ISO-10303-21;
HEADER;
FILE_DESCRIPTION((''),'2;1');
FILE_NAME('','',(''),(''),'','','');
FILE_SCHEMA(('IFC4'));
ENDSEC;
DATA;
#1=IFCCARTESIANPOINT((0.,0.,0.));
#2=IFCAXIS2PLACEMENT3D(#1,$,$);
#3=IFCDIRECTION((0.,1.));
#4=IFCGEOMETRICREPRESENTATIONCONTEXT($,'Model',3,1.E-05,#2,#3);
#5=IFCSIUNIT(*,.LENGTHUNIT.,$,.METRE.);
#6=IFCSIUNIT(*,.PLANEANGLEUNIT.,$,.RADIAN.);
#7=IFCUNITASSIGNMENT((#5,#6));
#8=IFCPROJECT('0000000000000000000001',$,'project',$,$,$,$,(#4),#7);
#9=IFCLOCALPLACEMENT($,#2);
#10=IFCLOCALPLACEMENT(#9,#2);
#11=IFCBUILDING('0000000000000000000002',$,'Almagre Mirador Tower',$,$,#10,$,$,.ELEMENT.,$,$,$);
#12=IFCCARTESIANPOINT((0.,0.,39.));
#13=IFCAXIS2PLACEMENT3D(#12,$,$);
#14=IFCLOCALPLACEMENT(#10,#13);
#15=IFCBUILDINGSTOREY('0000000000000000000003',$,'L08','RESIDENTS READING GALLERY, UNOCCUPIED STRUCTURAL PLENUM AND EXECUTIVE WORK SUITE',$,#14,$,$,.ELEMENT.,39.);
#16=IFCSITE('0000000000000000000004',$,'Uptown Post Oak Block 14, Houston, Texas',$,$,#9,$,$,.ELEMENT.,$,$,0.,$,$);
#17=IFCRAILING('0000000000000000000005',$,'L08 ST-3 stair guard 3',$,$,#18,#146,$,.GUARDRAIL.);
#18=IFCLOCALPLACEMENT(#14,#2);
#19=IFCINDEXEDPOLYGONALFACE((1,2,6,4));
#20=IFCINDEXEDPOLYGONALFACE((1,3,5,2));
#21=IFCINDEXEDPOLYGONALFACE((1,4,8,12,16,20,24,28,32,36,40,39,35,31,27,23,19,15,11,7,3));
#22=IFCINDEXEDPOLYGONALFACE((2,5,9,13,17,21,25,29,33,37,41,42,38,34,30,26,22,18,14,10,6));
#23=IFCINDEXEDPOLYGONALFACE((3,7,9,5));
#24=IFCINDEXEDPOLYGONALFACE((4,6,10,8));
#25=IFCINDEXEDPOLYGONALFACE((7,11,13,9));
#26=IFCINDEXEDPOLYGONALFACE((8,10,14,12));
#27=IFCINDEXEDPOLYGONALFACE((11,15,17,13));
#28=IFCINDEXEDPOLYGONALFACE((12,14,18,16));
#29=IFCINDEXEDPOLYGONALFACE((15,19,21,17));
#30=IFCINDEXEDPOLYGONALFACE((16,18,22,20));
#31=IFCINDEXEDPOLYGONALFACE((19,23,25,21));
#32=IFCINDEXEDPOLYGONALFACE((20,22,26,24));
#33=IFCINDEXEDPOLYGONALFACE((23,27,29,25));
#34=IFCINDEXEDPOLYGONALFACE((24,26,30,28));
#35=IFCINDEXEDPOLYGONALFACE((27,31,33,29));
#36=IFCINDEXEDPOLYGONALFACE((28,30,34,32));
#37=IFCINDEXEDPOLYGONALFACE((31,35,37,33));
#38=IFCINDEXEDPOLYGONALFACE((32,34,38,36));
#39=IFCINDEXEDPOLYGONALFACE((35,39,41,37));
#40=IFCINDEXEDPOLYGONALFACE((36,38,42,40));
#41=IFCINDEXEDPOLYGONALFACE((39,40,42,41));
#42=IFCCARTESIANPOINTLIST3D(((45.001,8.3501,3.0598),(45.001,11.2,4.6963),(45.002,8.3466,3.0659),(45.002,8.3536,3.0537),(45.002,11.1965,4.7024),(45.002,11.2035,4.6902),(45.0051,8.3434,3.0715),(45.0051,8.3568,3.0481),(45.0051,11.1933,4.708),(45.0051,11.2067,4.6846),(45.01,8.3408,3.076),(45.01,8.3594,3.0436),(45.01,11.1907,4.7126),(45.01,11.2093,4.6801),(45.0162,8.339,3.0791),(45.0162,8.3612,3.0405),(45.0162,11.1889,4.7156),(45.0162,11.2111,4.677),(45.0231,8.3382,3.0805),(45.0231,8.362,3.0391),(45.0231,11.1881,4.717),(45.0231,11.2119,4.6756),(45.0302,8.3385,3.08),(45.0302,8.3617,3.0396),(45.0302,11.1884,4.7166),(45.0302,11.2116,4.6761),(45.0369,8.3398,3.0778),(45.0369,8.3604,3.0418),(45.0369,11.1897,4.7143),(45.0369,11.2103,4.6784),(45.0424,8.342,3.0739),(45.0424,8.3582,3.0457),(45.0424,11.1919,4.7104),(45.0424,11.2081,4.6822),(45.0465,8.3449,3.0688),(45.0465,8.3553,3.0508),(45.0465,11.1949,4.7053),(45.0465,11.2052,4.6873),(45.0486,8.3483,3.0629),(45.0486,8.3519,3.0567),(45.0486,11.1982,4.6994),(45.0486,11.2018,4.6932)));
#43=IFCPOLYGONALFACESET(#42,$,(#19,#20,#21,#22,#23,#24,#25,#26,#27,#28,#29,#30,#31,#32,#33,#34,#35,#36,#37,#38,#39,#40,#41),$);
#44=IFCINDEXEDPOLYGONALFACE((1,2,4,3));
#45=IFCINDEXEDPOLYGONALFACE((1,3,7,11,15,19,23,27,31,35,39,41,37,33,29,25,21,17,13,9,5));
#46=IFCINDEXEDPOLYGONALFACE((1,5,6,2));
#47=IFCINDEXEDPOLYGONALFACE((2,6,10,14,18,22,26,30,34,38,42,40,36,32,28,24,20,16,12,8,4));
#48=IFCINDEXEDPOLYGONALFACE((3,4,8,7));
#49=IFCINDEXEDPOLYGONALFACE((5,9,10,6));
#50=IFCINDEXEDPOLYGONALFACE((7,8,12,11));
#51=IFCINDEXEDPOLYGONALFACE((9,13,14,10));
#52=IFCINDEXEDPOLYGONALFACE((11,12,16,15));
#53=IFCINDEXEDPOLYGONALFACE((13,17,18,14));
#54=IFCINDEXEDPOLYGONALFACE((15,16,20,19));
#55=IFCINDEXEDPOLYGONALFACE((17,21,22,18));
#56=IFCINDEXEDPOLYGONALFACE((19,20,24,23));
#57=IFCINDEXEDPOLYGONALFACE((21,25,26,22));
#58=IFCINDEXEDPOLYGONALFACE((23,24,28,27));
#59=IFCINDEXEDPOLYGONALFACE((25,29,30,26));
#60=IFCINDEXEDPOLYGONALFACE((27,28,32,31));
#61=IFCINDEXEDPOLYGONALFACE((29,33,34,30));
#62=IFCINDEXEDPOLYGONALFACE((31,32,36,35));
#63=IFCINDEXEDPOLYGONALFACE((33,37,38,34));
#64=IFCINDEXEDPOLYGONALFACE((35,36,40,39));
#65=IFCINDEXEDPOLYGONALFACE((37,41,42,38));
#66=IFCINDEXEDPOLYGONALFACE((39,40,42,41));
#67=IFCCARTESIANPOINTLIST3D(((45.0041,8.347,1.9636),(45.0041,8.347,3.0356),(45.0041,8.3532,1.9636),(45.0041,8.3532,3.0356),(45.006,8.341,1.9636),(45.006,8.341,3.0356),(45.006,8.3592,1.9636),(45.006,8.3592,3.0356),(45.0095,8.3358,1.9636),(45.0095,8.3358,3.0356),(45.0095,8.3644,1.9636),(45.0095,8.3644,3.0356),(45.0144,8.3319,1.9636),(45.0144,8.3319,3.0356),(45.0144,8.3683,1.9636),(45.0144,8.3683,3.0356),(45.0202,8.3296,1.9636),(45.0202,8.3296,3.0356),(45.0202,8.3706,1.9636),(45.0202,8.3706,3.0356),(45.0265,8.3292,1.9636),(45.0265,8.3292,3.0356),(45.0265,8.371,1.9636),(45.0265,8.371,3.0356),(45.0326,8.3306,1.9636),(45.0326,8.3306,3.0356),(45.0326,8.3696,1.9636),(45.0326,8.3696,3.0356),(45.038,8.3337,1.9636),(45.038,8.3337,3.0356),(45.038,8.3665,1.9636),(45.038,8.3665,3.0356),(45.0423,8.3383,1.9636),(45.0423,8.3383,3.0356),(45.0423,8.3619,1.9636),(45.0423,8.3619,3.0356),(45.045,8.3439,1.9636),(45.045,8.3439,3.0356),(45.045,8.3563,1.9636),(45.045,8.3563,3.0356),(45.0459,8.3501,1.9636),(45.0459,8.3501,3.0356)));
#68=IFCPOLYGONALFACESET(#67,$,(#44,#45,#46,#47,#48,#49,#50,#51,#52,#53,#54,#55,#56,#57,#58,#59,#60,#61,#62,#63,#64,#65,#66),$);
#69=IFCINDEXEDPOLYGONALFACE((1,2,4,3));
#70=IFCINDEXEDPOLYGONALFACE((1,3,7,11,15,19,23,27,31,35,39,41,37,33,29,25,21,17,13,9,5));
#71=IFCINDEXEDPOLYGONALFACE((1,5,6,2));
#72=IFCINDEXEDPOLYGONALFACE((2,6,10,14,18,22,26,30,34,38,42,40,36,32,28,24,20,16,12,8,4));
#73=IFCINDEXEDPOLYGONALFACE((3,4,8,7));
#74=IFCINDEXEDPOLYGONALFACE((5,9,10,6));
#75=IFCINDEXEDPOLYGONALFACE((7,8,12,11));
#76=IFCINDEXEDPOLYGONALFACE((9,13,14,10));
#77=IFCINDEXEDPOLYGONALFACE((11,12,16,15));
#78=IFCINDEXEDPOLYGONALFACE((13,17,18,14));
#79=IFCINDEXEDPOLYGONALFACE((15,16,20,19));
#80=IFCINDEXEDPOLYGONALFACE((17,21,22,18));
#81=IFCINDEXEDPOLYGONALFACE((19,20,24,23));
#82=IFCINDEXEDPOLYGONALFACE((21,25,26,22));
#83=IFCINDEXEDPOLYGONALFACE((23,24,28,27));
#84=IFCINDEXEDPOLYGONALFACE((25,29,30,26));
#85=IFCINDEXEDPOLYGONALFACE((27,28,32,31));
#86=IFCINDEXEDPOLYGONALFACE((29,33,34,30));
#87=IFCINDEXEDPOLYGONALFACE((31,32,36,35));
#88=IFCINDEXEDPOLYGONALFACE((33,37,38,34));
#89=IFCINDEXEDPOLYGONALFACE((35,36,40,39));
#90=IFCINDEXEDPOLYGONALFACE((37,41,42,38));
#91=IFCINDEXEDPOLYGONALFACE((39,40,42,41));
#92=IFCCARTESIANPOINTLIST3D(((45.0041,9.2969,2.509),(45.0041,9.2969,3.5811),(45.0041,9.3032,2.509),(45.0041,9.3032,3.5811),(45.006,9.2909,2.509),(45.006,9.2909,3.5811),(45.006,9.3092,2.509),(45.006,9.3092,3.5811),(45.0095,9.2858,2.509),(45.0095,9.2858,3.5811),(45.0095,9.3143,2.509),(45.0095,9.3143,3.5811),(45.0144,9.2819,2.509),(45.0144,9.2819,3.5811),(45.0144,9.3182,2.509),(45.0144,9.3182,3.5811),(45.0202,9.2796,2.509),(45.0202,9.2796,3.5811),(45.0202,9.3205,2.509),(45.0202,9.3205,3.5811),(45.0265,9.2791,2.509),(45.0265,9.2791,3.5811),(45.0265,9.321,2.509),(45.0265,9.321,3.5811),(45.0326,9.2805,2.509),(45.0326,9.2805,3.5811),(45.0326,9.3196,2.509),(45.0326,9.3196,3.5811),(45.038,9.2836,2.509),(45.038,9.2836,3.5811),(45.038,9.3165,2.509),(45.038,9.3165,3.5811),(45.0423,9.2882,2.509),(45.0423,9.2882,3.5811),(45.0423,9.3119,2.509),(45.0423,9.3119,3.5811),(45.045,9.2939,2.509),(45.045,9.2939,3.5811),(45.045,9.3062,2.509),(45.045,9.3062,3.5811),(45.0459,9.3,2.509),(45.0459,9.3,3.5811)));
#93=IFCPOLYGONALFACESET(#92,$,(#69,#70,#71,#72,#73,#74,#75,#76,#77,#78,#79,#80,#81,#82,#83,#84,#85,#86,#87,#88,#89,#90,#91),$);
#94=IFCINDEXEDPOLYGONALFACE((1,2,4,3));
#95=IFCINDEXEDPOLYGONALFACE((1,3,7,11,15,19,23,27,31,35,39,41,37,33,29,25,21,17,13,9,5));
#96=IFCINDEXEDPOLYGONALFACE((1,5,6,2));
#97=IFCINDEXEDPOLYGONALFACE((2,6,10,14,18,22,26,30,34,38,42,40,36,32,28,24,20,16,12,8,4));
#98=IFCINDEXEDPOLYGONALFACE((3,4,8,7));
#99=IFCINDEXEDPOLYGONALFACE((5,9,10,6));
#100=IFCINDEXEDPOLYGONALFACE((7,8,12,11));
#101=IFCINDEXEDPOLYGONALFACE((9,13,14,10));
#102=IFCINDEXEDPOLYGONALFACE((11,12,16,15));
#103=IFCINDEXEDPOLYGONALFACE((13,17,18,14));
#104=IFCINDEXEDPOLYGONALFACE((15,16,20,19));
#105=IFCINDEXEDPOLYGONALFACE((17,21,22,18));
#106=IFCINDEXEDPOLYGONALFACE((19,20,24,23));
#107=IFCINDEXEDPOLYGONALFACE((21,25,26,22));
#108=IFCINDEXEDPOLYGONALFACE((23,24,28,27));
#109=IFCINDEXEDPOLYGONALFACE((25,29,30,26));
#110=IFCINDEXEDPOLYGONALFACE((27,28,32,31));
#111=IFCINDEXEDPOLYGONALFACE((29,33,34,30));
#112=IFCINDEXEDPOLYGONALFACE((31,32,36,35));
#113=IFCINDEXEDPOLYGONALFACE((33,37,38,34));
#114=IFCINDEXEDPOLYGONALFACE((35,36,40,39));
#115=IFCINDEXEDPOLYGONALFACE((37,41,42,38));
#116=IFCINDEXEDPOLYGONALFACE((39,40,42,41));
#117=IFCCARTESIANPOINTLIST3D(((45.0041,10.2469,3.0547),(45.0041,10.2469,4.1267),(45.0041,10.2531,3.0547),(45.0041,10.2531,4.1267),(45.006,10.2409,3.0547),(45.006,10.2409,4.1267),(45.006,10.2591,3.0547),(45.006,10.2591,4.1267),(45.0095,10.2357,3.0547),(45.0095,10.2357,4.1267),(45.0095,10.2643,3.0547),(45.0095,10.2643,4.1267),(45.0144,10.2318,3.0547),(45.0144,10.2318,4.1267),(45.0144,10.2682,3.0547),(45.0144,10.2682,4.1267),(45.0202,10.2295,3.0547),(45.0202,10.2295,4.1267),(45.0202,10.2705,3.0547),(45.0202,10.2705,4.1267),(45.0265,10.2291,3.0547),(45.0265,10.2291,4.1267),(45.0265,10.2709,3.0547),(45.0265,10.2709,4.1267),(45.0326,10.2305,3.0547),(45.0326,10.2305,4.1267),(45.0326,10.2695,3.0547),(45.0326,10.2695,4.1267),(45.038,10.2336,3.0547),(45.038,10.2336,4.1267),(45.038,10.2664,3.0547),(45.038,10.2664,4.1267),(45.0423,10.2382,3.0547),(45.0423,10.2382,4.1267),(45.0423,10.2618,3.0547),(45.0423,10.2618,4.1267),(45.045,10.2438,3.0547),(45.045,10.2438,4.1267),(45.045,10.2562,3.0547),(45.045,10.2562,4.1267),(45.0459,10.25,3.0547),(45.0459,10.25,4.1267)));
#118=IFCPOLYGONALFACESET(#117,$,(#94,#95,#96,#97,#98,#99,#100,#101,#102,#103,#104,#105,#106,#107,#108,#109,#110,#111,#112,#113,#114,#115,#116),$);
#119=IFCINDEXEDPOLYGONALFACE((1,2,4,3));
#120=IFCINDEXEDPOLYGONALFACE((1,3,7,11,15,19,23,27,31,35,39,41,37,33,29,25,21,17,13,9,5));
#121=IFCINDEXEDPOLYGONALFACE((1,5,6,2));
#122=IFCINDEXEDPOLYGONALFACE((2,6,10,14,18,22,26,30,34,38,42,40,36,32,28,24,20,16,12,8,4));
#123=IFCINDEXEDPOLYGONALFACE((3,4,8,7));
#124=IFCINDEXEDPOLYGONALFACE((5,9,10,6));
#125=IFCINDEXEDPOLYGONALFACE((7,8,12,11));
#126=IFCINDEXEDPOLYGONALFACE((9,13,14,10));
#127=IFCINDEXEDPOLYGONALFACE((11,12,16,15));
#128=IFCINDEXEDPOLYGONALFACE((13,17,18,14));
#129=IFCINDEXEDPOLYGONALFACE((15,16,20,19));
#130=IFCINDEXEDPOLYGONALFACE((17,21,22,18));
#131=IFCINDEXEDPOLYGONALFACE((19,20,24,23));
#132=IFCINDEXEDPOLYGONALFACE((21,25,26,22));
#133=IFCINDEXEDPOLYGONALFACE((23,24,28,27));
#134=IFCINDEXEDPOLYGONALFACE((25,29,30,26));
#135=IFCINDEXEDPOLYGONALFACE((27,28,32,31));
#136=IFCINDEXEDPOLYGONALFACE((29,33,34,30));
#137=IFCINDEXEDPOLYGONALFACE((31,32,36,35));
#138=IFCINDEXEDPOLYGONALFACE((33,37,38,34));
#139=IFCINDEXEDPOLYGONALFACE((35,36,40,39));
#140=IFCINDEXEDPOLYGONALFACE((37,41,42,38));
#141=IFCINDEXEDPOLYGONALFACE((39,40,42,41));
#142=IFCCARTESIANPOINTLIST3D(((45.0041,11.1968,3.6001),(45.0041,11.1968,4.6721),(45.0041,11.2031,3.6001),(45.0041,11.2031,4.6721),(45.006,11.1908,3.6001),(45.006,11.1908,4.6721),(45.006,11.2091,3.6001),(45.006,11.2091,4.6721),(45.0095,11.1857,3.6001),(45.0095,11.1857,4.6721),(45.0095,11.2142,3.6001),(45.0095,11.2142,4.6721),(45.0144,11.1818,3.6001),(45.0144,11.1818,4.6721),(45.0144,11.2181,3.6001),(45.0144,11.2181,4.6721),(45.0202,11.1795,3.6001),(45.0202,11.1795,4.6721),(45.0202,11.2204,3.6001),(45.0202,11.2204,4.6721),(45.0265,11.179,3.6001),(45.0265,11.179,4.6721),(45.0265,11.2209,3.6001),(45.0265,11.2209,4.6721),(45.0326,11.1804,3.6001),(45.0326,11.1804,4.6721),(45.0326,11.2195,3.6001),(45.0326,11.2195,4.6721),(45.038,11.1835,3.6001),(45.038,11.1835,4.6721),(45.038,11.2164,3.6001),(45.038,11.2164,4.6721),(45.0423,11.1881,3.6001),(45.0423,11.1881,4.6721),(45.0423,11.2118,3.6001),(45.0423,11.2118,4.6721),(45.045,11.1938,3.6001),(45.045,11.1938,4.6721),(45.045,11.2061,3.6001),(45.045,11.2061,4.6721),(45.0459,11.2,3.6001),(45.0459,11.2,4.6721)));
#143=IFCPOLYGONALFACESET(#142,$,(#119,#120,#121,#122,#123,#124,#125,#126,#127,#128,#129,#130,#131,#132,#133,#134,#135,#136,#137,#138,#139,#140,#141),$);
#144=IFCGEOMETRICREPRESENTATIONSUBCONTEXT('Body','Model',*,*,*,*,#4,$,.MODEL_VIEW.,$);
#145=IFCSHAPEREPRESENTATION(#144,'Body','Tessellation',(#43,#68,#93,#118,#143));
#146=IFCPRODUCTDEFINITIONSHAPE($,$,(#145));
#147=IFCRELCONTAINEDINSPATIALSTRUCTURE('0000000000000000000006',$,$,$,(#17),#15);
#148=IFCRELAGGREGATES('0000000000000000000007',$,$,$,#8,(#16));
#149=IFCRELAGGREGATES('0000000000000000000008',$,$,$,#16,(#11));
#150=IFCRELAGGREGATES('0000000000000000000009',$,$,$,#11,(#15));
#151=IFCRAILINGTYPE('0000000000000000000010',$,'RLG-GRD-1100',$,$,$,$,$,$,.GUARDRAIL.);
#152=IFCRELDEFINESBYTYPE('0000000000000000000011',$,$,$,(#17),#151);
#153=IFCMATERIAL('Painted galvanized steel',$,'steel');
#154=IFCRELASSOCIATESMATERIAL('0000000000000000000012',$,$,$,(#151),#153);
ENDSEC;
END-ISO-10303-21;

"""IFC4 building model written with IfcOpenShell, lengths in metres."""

from ifc_helpers import new_model, si_unit, direction, frame, origin, origin_2d, place, context, subcontext, project, spatial, circle, extrude, material, type_object, element, save


model = new_model("IFC4")

# Units and contexts
model_context = context("Model", 3, precision=1e-05, world=origin(), true_north=direction((0.0, 1.0)))
body_context = subcontext(model_context, "Body", "Model", "MODEL_VIEW")
ifc_project = project(units=[si_unit("LENGTHUNIT", "METRE"), si_unit("PLANEANGLEUNIT", "RADIAN")], contexts=[model_context])

# Site, building, storey
site_placement = place(None, origin())
site = spatial("IfcSite", under=ifc_project, at=site_placement, Name="Uptown Post Oak Block 14, Houston, Texas", CompositionType="ELEMENT", RefElevation=0.0)
building_placement = place(site_placement, origin())
building = spatial("IfcBuilding", under=site, at=building_placement, Name="Almagre Mirador Tower", CompositionType="ELEMENT")
storey_placement = place(building_placement, frame((0.0, 0.0, 39.0)))
storey = spatial("IfcBuildingStorey", under=building, at=storey_placement, Name="L08", Description="RESIDENTS READING GALLERY, UNOCCUPIED STRUCTURAL PLENUM AND EXECUTIVE WORK SUITE", CompositionType="ELEMENT", Elevation=39.0)

# Railing
ifc_material_1 = material(Name="Painted galvanized steel", Category="steel")
railing_type_1 = type_object("IfcRailingType", Name="RLG-GRD-1100", PredefinedType="GUARDRAIL", material=ifc_material_1)
railing_1_placement = place(storey_placement, frame((45.0249, 8.3501, 1.9636)))
element("IfcRailing", 1, at=railing_1_placement, inside=storey, type_object=railing_type_1, Name="L08 ST-3 stair guard 3", PredefinedType="GUARDRAIL", context=body_context, shape_type="SweptSolid", body=[
    extrude(circle(Radius=0.0239, at=origin_2d()), frame((0.0, 0.0, 1.0962), z_axis=(0.0, 0.867194, 0.49797), x_axis=(-1.0, 0.0, 0.0)), (0.0, 0.0, 1.0), 3.2864),
    extrude(circle(Radius=0.021, at=origin_2d()), origin(), (0.0, 0.0, 1.0), 1.072),
    extrude(circle(Radius=0.021, at=origin_2d()), frame((0.0, 0.95, 0.5454)), (0.0, 0.0, 1.0), 1.072),
    extrude(circle(Radius=0.021, at=origin_2d()), frame((0.0, 1.8999, 1.0911)), (0.0, 0.0, 1.0), 1.072),
    extrude(circle(Radius=0.021, at=origin_2d()), frame((0.0, 2.8499, 1.6365)), (0.0, 0.0, 1.0), 1.072),
])

save(model, "model.ifc")
